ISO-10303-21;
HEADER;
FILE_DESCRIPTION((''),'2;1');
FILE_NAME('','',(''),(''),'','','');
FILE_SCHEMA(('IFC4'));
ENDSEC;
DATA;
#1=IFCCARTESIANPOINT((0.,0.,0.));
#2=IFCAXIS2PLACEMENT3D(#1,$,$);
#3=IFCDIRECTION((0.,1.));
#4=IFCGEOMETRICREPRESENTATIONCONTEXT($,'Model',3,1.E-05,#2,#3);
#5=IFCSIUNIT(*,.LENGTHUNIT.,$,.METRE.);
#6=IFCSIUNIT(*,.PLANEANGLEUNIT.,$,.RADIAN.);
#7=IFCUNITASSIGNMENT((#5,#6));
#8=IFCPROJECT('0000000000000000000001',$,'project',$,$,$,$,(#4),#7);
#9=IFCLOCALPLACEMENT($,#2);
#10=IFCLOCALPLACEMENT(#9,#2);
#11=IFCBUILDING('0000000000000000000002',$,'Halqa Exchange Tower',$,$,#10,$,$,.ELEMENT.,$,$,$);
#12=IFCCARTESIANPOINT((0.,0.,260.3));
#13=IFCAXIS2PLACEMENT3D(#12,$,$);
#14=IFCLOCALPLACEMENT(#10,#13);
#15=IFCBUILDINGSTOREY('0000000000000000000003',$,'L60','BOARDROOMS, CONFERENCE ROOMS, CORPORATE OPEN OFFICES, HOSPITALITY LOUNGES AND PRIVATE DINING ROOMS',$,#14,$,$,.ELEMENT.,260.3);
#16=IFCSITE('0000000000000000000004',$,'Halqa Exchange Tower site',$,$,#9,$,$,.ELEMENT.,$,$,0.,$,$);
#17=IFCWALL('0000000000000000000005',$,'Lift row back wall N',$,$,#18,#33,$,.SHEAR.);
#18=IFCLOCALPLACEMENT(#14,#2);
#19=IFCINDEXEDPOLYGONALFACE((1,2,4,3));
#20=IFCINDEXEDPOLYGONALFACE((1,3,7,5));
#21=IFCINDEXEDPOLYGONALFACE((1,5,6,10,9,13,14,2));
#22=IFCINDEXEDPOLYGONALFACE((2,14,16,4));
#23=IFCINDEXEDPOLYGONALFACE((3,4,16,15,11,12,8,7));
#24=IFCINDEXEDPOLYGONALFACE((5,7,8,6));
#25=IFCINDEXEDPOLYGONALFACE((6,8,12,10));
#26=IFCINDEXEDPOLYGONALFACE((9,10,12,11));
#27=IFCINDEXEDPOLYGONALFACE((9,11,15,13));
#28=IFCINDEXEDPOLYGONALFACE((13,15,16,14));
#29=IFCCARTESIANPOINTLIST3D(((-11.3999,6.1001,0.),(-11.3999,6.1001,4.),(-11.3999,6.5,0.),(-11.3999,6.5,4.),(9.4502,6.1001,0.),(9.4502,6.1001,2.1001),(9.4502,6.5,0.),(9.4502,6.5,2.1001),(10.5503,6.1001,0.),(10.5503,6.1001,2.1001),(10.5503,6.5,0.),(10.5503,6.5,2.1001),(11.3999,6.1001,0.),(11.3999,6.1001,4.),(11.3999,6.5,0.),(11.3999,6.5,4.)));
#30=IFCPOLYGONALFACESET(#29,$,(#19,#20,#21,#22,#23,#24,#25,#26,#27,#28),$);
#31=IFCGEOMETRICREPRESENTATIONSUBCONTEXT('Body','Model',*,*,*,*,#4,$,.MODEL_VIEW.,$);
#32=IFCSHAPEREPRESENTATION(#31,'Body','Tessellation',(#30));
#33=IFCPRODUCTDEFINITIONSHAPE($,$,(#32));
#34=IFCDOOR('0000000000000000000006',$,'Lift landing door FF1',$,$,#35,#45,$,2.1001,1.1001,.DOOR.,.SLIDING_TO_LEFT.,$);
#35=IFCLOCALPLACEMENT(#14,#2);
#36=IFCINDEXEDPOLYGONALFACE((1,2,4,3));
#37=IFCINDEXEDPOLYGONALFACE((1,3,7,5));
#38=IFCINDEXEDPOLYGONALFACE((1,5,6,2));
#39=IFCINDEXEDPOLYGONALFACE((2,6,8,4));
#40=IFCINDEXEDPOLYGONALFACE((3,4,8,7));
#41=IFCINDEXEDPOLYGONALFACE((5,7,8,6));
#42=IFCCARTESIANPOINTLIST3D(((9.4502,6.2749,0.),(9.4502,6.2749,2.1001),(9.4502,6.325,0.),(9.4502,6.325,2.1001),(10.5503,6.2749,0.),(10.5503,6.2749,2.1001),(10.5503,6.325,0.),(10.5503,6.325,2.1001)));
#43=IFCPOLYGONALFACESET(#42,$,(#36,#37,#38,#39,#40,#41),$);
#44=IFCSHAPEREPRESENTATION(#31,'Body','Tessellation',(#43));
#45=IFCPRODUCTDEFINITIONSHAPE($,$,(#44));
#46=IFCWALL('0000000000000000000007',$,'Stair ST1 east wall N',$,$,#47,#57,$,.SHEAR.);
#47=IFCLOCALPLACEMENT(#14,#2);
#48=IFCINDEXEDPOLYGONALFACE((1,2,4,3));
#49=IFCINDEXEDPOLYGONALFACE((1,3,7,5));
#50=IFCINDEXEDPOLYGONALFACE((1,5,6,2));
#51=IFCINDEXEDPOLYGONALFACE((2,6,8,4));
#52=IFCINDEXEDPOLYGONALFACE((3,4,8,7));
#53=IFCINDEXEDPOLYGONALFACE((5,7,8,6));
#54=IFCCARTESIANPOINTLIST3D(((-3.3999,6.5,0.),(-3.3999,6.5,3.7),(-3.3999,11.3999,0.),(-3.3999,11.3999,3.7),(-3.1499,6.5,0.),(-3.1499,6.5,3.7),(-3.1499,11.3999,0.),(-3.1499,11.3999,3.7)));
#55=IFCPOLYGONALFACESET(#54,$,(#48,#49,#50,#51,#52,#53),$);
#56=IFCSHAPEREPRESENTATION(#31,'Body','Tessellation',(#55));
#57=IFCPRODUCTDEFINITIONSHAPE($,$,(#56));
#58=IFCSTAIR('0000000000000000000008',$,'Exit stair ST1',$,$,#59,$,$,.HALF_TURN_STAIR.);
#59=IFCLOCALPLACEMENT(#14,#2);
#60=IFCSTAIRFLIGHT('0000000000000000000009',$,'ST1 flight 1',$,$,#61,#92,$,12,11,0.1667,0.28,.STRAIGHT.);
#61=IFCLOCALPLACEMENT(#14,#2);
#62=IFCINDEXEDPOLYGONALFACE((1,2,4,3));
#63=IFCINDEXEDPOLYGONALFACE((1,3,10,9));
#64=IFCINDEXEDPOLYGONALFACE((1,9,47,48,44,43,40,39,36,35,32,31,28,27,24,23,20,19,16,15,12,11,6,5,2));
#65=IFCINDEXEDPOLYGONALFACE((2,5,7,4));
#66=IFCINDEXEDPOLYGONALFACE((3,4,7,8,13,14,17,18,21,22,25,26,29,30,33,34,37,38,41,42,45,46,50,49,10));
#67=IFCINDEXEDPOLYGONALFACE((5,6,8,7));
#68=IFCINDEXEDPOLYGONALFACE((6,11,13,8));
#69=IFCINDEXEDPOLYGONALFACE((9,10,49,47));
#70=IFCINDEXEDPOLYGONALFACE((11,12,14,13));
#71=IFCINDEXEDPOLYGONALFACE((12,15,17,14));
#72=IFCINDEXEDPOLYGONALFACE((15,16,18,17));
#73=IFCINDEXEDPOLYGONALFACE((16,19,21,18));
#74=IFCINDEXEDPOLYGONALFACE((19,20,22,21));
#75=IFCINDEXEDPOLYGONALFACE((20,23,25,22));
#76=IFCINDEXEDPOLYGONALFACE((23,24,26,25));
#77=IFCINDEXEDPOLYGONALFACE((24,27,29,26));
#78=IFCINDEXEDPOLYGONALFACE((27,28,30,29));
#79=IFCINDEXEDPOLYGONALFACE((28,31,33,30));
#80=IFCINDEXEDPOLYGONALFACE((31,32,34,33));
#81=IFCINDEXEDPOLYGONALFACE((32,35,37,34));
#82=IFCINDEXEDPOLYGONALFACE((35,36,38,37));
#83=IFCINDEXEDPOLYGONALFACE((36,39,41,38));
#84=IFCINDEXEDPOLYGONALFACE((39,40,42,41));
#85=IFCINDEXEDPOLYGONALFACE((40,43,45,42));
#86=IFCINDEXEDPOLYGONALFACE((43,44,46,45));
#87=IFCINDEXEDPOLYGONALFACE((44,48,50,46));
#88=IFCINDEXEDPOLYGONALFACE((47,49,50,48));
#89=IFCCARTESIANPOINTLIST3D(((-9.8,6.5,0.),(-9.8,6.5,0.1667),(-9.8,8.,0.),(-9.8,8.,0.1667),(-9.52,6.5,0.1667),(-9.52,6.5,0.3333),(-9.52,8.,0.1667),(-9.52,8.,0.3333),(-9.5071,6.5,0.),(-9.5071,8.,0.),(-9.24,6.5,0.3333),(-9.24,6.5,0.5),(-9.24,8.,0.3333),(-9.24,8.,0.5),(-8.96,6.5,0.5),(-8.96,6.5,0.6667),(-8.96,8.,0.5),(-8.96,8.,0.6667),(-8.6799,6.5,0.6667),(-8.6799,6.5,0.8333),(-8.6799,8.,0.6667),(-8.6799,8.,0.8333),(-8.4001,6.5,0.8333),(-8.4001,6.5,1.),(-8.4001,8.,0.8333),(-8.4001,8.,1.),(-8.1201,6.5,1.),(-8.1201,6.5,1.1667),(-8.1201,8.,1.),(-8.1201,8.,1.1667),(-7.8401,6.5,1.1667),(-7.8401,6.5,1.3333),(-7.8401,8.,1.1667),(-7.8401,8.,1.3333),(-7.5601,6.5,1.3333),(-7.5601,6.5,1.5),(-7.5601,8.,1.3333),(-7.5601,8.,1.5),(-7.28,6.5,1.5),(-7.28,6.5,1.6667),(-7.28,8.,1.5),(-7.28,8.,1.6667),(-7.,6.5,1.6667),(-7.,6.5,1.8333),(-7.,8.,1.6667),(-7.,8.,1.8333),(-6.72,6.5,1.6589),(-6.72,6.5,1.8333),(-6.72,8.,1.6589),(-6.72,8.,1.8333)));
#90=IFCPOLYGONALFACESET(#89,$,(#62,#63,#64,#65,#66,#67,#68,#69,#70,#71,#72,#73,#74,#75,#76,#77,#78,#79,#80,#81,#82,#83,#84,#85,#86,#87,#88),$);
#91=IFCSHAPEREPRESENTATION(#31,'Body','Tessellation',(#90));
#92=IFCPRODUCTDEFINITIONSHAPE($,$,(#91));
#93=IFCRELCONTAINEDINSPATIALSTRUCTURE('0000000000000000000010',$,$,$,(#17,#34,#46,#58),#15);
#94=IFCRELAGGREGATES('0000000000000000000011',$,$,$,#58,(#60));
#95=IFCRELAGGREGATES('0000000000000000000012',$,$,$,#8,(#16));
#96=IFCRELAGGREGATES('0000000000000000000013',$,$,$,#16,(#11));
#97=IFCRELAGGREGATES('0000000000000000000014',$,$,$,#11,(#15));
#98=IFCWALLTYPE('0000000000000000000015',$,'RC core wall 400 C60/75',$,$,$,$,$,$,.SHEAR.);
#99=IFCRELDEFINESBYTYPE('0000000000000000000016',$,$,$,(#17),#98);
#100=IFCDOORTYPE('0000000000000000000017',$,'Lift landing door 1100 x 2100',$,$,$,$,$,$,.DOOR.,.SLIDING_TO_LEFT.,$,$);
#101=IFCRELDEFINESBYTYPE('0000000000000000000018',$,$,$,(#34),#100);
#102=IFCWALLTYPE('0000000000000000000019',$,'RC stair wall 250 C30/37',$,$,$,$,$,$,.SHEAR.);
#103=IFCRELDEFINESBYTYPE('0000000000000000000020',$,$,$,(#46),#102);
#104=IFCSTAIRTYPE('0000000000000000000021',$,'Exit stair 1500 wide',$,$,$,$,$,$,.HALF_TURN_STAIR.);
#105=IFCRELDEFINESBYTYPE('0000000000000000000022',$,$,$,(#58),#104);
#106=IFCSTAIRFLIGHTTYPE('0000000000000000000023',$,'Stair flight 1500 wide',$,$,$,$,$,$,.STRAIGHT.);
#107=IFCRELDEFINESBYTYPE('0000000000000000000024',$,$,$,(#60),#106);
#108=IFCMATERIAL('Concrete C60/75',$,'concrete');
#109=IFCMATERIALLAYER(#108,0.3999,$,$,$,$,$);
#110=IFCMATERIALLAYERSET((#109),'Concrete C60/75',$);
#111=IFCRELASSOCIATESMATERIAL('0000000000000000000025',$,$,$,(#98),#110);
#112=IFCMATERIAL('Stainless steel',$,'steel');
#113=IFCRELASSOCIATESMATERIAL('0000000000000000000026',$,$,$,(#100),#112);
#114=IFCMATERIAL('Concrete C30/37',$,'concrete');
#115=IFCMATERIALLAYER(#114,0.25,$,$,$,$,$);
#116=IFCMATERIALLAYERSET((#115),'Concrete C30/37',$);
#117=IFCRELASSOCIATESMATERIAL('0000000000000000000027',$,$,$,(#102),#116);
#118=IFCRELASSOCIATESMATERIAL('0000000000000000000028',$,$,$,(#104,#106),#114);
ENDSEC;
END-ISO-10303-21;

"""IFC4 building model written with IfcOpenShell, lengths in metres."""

from ifc_helpers import new_model, si_unit, direction, frame, frame_2d, origin, place, context, subcontext, project, spatial, polyline, rectangle, outline, extrude, material, layer, layer_set, type_object, element, fill, aggregate, save


model = new_model("IFC4")

# Units and contexts
model_context = context("Model", 3, precision=1e-05, world=origin(), true_north=direction((0.0, 1.0)))
body_context = subcontext(model_context, "Body", "Model", "MODEL_VIEW")
ifc_project = project(units=[si_unit("LENGTHUNIT", "METRE"), si_unit("PLANEANGLEUNIT", "RADIAN")], contexts=[model_context])

# Site, building, storey
site_placement = place(None, origin())
site = spatial("IfcSite", under=ifc_project, at=site_placement, Name="Halqa Exchange Tower site", CompositionType="ELEMENT", RefElevation=0.0)
building_placement = place(site_placement, origin())
building = spatial("IfcBuilding", under=site, at=building_placement, Name="Halqa Exchange Tower", CompositionType="ELEMENT")
storey_placement = place(building_placement, frame((0.0, 0.0, 260.3)))
storey = spatial("IfcBuildingStorey", under=building, at=storey_placement, Name="L60", Description="BOARDROOMS, CONFERENCE ROOMS, CORPORATE OPEN OFFICES, HOSPITALITY LOUNGES AND PRIVATE DINING ROOMS", CompositionType="ELEMENT", Elevation=260.3)

# Shared definitions
ifc_material_1 = material(Name="Concrete C60/75", Category="concrete")

# Shared definitions
ifc_layer_1 = layer(ifc_material_1, 0.3999)
ifc_layer_set_1 = layer_set([ifc_layer_1], Name="Concrete C60/75")
wall_type_1 = type_object("IfcWallType", Name="RC core wall 400 C60/75", PredefinedType="SHEAR", material=ifc_layer_set_1)
ifc_material_2 = material(Name="Stainless steel", Category="steel")
door_type_1 = type_object("IfcDoorType", Name="Lift landing door 1100 x 2100", OperationType="SLIDING_TO_LEFT", PredefinedType="DOOR", material=ifc_material_2)

# Wall, opening, door
wall_1_placement = place(storey_placement, frame((-11.3999, 6.3, 0.0), z_axis=(0.0, 0.0, 1.0), x_axis=(1.0, 0.0, 0.0)))
wall_1 = element("IfcWall", 1, at=wall_1_placement, inside=storey, type_object=wall_type_1, Name="Lift row back wall N", PredefinedType="SHEAR", context=body_context, shape_type="SweptSolid", body=[
    extrude(rectangle(XDim=22.7998, YDim=0.3999, at=frame_2d((11.3999, 0.0))), origin(), (0.0, 0.0, 1.0), 4.0),
])
opening_1_placement = place(wall_1_placement, frame((20.8501, 0.0, 0.0)))
opening_1 = element("IfcOpeningElement", 2, at=opening_1_placement, cuts=wall_1, PredefinedType="OPENING", context=body_context, shape_type="SweptSolid", body=[
    extrude(rectangle(XDim=1.1001, YDim=2.1001, at=frame_2d((0.55, 1.05))), frame((0.0, 0.2119, 0.0), z_axis=(0.0, -1.0, 0.0), x_axis=(1.0, 0.0, 0.0)), (0.0, 0.0, 1.0), 0.4238),
])
door_1_placement = place(opening_1_placement, origin())
door_1 = element("IfcDoor", 3, at=door_1_placement, inside=storey, type_object=door_type_1, Name="Lift landing door FF1", OperationType="SLIDING_TO_LEFT", OverallHeight=2.1001, OverallWidth=1.1001, PredefinedType="DOOR", context=body_context, shape_type="SweptSolid", body=[
    extrude(rectangle(XDim=1.1001, YDim=2.1001, at=frame_2d((0.55, 1.05))), frame((0.0, 0.0249, 0.0), z_axis=(0.0, -1.0, 0.0), x_axis=(1.0, 0.0, 0.0)), (0.0, 0.0, 1.0), 0.05),
])
fill(opening_1, door_1)

# Wall
ifc_material_3 = material(Name="Concrete C30/37", Category="concrete")
ifc_layer_2 = layer(ifc_material_3, 0.25)
ifc_layer_set_2 = layer_set([ifc_layer_2], Name="Concrete C30/37")
wall_type_2 = type_object("IfcWallType", Name="RC stair wall 250 C30/37", PredefinedType="SHEAR", material=ifc_layer_set_2)
wall_2_placement = place(storey_placement, frame((-3.2749, 6.5, 0.0), z_axis=(0.0, 0.0, 1.0), x_axis=(0.0, 1.0, 0.0)))
element("IfcWall", 4, at=wall_2_placement, inside=storey, type_object=wall_type_2, Name="Stair ST1 east wall N", PredefinedType="SHEAR", context=body_context, shape_type="SweptSolid", body=[
    extrude(rectangle(XDim=4.8999, YDim=0.25, at=frame_2d((2.45, 0.0))), origin(), (0.0, 0.0, 1.0), 3.7),
])

# Stair, stair flight
stair_type = type_object("IfcStairType", Name="Exit stair 1500 wide", PredefinedType="HALF_TURN_STAIR", material=ifc_material_3)
stair_placement = place(storey_placement, origin())
stair = element("IfcStair", 5, at=stair_placement, inside=storey, type_object=stair_type, Name="Exit stair ST1", PredefinedType="HALF_TURN_STAIR")
stair_flight_type = type_object("IfcStairFlightType", Name="Stair flight 1500 wide", PredefinedType="STRAIGHT", material=ifc_material_3)
stair_flight_placement = place(storey_placement, frame((-9.8, 7.25, 0.0), z_axis=(0.0, 0.0, 1.0), x_axis=(1.0, 0.0, 0.0)))
stair_flight = element("IfcStairFlight", 6, at=stair_flight_placement, type_object=stair_flight_type, Name="ST1 flight 1", NumberOfRisers=12, NumberOfTreads=11, PredefinedType="STRAIGHT", RiserHeight=0.1667, TreadLength=0.28, context=body_context, shape_type="SweptSolid", body=[
    extrude(outline(polyline([(0.0, 0.0), (0.0, 0.1667), (0.28, 0.1667), (0.28, 0.3333), (0.5601, 0.3333), (0.5601, 0.5), (0.8401, 0.5), (0.8401, 0.6667), (1.1201, 0.6667), (1.1201, 0.8333), (1.3999, 0.8333), (1.3999, 1.0), (1.6799, 1.0), (1.6799, 1.1667), (1.96, 1.1667), (1.96, 1.3333), (2.24, 1.3333), (2.24, 1.5), (2.52, 1.5), (2.52, 1.6667), (2.8, 1.6667), (2.8, 1.8333), (3.0801, 1.8333), (3.0801, 2.0), (3.0801, 1.6589), (0.293, 0.0), (0.0, 0.0)])), frame((0.0, 0.75, 0.0), z_axis=(0.0, -1.0, 0.0), x_axis=(1.0, 0.0, 0.0)), (0.0, 0.0, 1.0), 1.5),
])
aggregate(stair, [stair_flight])

save(model, "model.ifc")
